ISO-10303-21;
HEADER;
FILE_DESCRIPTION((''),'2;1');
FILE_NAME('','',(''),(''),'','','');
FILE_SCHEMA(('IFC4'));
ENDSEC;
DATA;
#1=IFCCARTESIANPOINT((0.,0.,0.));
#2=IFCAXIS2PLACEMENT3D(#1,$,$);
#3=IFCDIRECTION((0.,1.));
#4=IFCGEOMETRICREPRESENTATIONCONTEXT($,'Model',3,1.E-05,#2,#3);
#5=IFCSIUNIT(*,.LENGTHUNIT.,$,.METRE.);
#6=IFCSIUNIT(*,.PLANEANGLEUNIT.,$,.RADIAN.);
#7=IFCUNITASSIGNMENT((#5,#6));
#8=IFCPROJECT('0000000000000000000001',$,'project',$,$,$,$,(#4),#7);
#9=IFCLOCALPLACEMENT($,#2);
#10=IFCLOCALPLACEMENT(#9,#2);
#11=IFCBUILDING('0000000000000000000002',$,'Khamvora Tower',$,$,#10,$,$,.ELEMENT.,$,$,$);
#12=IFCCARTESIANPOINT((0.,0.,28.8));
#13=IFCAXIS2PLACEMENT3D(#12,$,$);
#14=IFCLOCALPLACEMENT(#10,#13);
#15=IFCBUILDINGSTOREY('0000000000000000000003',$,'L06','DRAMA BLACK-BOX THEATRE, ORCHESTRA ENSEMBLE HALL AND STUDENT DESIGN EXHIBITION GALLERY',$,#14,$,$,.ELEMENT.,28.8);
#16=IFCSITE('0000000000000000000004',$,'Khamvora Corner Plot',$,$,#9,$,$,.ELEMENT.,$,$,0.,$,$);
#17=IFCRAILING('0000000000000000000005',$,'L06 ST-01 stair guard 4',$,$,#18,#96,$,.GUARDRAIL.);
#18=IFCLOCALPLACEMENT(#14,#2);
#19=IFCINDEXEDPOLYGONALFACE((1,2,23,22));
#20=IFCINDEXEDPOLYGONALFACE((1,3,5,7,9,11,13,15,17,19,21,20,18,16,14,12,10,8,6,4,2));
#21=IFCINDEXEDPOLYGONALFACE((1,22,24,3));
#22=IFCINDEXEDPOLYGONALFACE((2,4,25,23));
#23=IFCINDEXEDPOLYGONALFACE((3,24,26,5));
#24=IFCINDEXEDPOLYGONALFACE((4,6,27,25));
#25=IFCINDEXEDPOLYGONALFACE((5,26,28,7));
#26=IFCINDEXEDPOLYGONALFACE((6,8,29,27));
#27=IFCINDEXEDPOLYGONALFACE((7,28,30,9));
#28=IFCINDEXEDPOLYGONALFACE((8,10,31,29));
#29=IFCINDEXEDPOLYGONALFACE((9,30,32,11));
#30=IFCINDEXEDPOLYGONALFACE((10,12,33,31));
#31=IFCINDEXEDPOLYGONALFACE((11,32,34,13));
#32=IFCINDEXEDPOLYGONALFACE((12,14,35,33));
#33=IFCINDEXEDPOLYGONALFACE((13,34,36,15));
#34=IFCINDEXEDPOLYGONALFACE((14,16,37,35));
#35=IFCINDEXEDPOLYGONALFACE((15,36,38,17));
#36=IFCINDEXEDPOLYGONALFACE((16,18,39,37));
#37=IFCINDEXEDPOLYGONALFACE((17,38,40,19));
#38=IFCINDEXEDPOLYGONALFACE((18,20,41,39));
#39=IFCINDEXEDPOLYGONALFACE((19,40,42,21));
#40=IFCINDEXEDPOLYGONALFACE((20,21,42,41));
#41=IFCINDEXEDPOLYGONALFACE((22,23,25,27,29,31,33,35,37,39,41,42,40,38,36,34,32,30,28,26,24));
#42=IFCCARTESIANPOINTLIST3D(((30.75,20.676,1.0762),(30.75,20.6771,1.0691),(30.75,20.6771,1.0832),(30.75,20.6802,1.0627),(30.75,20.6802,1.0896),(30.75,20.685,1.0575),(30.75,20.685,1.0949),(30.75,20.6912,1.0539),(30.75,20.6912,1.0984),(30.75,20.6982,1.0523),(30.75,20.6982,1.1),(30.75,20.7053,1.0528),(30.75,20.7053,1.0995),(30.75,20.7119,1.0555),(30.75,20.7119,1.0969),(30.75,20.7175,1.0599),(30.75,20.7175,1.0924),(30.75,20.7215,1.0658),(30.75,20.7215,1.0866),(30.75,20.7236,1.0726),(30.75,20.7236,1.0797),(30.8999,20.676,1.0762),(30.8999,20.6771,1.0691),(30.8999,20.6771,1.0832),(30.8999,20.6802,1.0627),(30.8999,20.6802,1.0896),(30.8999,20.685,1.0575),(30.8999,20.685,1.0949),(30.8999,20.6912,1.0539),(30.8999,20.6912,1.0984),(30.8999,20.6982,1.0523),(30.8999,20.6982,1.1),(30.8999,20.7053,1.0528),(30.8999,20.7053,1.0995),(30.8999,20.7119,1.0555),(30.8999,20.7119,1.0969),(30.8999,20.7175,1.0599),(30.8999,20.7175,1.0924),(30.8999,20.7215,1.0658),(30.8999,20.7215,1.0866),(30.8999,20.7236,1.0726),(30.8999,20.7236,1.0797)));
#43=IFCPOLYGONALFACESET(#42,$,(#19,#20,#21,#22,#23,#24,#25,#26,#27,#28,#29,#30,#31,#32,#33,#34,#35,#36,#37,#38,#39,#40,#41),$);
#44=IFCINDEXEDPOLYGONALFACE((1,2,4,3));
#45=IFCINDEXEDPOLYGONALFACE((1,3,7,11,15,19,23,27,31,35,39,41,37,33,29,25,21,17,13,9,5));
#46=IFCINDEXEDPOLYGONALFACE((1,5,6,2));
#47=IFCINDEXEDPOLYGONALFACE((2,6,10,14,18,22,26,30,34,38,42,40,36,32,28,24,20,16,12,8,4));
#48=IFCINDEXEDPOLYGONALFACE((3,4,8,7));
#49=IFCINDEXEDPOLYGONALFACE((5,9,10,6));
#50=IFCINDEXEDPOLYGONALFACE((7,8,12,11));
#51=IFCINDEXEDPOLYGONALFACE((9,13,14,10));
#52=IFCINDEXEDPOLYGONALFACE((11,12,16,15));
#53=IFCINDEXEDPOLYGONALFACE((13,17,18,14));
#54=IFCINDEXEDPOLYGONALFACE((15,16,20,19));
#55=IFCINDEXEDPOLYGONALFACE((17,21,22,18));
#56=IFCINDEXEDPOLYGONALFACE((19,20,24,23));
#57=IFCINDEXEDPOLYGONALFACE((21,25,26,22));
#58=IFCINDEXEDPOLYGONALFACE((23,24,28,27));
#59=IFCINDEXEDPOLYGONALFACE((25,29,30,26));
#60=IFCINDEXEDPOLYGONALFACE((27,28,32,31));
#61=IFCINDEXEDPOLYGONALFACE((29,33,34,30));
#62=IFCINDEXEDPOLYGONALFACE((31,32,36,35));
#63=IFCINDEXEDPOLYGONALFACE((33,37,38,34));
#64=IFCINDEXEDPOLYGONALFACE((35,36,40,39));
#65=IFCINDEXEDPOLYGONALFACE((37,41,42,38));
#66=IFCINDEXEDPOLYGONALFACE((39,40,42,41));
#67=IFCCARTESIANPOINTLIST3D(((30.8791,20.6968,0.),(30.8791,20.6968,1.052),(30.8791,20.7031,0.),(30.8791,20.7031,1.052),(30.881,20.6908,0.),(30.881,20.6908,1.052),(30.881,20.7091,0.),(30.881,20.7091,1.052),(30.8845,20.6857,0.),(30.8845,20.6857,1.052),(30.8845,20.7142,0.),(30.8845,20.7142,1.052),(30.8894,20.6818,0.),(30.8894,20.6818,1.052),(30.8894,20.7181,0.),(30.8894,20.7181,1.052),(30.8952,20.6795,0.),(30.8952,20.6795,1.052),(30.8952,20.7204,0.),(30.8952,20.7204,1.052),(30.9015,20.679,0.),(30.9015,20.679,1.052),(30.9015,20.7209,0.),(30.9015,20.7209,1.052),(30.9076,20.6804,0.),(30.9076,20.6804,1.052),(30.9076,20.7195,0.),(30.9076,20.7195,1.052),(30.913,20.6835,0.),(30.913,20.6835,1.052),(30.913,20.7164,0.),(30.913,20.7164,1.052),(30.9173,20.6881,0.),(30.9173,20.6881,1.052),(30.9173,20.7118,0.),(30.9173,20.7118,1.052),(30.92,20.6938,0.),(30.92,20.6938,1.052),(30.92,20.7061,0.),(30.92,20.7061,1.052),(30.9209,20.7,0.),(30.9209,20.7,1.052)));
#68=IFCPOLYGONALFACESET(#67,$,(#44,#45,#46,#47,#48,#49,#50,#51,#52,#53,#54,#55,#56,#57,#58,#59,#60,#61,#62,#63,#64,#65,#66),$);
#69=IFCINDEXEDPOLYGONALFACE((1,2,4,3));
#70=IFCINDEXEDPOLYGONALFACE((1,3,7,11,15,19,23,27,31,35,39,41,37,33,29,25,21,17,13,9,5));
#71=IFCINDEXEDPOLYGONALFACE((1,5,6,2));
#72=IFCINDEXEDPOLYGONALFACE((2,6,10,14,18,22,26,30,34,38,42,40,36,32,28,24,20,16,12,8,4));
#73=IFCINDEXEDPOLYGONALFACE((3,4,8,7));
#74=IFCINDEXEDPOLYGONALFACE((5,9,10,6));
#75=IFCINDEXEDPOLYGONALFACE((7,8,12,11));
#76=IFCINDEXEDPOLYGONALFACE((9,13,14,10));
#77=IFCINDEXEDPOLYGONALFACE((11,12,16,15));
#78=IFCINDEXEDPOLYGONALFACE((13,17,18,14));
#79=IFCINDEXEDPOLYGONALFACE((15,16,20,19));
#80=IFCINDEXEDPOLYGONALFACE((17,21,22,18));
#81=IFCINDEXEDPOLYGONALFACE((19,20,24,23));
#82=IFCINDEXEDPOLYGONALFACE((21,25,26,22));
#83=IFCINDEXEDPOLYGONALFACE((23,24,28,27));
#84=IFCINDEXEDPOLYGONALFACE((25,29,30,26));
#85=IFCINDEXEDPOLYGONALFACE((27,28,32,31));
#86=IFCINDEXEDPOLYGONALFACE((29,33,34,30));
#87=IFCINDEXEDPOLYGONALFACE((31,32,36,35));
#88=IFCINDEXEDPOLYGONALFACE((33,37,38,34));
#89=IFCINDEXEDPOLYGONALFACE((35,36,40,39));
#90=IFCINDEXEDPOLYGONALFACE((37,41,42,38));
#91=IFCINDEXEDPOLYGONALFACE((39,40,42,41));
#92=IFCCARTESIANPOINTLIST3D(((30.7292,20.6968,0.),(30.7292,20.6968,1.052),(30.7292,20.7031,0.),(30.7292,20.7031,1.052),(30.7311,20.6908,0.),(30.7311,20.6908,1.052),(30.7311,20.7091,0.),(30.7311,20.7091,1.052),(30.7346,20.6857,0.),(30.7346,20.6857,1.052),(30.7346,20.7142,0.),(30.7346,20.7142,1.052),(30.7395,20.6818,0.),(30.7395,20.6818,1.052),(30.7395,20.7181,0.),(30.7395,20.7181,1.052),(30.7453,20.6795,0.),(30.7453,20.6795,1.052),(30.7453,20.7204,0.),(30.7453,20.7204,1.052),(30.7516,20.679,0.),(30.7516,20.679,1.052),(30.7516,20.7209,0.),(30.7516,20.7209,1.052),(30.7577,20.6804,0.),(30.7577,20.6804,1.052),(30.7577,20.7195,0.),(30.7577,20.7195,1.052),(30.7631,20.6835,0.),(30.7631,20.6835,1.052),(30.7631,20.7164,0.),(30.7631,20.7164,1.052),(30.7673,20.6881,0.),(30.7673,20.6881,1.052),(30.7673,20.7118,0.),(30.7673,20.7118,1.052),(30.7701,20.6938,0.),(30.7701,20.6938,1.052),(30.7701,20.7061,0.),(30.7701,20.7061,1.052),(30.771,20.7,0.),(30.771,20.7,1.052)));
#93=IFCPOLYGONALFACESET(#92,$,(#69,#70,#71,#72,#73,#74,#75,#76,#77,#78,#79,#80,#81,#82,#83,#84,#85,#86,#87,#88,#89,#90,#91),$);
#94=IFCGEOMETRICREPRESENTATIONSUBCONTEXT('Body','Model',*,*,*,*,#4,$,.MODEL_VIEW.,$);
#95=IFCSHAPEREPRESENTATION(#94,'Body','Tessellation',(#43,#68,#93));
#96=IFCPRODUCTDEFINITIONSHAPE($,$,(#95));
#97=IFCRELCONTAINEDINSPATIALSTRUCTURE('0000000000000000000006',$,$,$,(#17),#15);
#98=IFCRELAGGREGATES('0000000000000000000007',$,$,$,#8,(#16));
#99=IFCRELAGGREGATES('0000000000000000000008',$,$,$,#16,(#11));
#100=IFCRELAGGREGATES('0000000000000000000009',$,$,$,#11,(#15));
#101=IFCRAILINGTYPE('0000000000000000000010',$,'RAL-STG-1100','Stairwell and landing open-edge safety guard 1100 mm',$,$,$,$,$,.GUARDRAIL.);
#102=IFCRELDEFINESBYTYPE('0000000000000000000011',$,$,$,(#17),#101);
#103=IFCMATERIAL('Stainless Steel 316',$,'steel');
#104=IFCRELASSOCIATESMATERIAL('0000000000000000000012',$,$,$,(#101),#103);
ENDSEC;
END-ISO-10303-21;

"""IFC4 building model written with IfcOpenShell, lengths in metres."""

from ifc_helpers import new_model, si_unit, direction, frame, origin, origin_2d, place, context, subcontext, project, spatial, circle, extrude, material, type_object, element, save


model = new_model("IFC4")

# Units and contexts
model_context = context("Model", 3, precision=1e-05, world=origin(), true_north=direction((0.0, 1.0)))
body_context = subcontext(model_context, "Body", "Model", "MODEL_VIEW")
ifc_project = project(units=[si_unit("LENGTHUNIT", "METRE"), si_unit("PLANEANGLEUNIT", "RADIAN")], contexts=[model_context])

# Site, building, storey
site_placement = place(None, origin())
site = spatial("IfcSite", under=ifc_project, at=site_placement, Name="Khamvora Corner Plot", CompositionType="ELEMENT", RefElevation=0.0)
building_placement = place(site_placement, origin())
building = spatial("IfcBuilding", under=site, at=building_placement, Name="Khamvora Tower", CompositionType="ELEMENT")
storey_placement = place(building_placement, frame((0.0, 0.0, 28.8)))
storey = spatial("IfcBuildingStorey", under=building, at=storey_placement, Name="L06", Description="DRAMA BLACK-BOX THEATRE, ORCHESTRA ENSEMBLE HALL AND STUDENT DESIGN EXHIBITION GALLERY", CompositionType="ELEMENT", Elevation=28.8)

# Railing
ifc_material_1 = material(Name="Stainless Steel 316", Category="steel")
railing_type_1 = type_object("IfcRailingType", Name="RAL-STG-1100", Description="Stairwell and landing open-edge safety guard 1100 mm", PredefinedType="GUARDRAIL", material=ifc_material_1)
railing_1_placement = place(storey_placement, frame((30.8999, 20.7, 0.0)))
element("IfcRailing", 1, at=railing_1_placement, inside=storey, type_object=railing_type_1, Name="L06 ST-01 stair guard 4", PredefinedType="GUARDRAIL", context=body_context, shape_type="SweptSolid", body=[
    extrude(circle(Radius=0.0239, at=origin_2d()), frame((0.0, 0.0, 1.0762), z_axis=(-1.0, 0.0, 0.0), x_axis=(0.0, -1.0, 0.0)), (0.0, 0.0, 1.0), 0.1499),
    extrude(circle(Radius=0.021, at=origin_2d()), origin(), (0.0, 0.0, 1.0), 1.052),
    extrude(circle(Radius=0.021, at=origin_2d()), frame((-0.1499, 0.0, 0.0)), (0.0, 0.0, 1.0), 1.052),
])

save(model, "model.ifc")
